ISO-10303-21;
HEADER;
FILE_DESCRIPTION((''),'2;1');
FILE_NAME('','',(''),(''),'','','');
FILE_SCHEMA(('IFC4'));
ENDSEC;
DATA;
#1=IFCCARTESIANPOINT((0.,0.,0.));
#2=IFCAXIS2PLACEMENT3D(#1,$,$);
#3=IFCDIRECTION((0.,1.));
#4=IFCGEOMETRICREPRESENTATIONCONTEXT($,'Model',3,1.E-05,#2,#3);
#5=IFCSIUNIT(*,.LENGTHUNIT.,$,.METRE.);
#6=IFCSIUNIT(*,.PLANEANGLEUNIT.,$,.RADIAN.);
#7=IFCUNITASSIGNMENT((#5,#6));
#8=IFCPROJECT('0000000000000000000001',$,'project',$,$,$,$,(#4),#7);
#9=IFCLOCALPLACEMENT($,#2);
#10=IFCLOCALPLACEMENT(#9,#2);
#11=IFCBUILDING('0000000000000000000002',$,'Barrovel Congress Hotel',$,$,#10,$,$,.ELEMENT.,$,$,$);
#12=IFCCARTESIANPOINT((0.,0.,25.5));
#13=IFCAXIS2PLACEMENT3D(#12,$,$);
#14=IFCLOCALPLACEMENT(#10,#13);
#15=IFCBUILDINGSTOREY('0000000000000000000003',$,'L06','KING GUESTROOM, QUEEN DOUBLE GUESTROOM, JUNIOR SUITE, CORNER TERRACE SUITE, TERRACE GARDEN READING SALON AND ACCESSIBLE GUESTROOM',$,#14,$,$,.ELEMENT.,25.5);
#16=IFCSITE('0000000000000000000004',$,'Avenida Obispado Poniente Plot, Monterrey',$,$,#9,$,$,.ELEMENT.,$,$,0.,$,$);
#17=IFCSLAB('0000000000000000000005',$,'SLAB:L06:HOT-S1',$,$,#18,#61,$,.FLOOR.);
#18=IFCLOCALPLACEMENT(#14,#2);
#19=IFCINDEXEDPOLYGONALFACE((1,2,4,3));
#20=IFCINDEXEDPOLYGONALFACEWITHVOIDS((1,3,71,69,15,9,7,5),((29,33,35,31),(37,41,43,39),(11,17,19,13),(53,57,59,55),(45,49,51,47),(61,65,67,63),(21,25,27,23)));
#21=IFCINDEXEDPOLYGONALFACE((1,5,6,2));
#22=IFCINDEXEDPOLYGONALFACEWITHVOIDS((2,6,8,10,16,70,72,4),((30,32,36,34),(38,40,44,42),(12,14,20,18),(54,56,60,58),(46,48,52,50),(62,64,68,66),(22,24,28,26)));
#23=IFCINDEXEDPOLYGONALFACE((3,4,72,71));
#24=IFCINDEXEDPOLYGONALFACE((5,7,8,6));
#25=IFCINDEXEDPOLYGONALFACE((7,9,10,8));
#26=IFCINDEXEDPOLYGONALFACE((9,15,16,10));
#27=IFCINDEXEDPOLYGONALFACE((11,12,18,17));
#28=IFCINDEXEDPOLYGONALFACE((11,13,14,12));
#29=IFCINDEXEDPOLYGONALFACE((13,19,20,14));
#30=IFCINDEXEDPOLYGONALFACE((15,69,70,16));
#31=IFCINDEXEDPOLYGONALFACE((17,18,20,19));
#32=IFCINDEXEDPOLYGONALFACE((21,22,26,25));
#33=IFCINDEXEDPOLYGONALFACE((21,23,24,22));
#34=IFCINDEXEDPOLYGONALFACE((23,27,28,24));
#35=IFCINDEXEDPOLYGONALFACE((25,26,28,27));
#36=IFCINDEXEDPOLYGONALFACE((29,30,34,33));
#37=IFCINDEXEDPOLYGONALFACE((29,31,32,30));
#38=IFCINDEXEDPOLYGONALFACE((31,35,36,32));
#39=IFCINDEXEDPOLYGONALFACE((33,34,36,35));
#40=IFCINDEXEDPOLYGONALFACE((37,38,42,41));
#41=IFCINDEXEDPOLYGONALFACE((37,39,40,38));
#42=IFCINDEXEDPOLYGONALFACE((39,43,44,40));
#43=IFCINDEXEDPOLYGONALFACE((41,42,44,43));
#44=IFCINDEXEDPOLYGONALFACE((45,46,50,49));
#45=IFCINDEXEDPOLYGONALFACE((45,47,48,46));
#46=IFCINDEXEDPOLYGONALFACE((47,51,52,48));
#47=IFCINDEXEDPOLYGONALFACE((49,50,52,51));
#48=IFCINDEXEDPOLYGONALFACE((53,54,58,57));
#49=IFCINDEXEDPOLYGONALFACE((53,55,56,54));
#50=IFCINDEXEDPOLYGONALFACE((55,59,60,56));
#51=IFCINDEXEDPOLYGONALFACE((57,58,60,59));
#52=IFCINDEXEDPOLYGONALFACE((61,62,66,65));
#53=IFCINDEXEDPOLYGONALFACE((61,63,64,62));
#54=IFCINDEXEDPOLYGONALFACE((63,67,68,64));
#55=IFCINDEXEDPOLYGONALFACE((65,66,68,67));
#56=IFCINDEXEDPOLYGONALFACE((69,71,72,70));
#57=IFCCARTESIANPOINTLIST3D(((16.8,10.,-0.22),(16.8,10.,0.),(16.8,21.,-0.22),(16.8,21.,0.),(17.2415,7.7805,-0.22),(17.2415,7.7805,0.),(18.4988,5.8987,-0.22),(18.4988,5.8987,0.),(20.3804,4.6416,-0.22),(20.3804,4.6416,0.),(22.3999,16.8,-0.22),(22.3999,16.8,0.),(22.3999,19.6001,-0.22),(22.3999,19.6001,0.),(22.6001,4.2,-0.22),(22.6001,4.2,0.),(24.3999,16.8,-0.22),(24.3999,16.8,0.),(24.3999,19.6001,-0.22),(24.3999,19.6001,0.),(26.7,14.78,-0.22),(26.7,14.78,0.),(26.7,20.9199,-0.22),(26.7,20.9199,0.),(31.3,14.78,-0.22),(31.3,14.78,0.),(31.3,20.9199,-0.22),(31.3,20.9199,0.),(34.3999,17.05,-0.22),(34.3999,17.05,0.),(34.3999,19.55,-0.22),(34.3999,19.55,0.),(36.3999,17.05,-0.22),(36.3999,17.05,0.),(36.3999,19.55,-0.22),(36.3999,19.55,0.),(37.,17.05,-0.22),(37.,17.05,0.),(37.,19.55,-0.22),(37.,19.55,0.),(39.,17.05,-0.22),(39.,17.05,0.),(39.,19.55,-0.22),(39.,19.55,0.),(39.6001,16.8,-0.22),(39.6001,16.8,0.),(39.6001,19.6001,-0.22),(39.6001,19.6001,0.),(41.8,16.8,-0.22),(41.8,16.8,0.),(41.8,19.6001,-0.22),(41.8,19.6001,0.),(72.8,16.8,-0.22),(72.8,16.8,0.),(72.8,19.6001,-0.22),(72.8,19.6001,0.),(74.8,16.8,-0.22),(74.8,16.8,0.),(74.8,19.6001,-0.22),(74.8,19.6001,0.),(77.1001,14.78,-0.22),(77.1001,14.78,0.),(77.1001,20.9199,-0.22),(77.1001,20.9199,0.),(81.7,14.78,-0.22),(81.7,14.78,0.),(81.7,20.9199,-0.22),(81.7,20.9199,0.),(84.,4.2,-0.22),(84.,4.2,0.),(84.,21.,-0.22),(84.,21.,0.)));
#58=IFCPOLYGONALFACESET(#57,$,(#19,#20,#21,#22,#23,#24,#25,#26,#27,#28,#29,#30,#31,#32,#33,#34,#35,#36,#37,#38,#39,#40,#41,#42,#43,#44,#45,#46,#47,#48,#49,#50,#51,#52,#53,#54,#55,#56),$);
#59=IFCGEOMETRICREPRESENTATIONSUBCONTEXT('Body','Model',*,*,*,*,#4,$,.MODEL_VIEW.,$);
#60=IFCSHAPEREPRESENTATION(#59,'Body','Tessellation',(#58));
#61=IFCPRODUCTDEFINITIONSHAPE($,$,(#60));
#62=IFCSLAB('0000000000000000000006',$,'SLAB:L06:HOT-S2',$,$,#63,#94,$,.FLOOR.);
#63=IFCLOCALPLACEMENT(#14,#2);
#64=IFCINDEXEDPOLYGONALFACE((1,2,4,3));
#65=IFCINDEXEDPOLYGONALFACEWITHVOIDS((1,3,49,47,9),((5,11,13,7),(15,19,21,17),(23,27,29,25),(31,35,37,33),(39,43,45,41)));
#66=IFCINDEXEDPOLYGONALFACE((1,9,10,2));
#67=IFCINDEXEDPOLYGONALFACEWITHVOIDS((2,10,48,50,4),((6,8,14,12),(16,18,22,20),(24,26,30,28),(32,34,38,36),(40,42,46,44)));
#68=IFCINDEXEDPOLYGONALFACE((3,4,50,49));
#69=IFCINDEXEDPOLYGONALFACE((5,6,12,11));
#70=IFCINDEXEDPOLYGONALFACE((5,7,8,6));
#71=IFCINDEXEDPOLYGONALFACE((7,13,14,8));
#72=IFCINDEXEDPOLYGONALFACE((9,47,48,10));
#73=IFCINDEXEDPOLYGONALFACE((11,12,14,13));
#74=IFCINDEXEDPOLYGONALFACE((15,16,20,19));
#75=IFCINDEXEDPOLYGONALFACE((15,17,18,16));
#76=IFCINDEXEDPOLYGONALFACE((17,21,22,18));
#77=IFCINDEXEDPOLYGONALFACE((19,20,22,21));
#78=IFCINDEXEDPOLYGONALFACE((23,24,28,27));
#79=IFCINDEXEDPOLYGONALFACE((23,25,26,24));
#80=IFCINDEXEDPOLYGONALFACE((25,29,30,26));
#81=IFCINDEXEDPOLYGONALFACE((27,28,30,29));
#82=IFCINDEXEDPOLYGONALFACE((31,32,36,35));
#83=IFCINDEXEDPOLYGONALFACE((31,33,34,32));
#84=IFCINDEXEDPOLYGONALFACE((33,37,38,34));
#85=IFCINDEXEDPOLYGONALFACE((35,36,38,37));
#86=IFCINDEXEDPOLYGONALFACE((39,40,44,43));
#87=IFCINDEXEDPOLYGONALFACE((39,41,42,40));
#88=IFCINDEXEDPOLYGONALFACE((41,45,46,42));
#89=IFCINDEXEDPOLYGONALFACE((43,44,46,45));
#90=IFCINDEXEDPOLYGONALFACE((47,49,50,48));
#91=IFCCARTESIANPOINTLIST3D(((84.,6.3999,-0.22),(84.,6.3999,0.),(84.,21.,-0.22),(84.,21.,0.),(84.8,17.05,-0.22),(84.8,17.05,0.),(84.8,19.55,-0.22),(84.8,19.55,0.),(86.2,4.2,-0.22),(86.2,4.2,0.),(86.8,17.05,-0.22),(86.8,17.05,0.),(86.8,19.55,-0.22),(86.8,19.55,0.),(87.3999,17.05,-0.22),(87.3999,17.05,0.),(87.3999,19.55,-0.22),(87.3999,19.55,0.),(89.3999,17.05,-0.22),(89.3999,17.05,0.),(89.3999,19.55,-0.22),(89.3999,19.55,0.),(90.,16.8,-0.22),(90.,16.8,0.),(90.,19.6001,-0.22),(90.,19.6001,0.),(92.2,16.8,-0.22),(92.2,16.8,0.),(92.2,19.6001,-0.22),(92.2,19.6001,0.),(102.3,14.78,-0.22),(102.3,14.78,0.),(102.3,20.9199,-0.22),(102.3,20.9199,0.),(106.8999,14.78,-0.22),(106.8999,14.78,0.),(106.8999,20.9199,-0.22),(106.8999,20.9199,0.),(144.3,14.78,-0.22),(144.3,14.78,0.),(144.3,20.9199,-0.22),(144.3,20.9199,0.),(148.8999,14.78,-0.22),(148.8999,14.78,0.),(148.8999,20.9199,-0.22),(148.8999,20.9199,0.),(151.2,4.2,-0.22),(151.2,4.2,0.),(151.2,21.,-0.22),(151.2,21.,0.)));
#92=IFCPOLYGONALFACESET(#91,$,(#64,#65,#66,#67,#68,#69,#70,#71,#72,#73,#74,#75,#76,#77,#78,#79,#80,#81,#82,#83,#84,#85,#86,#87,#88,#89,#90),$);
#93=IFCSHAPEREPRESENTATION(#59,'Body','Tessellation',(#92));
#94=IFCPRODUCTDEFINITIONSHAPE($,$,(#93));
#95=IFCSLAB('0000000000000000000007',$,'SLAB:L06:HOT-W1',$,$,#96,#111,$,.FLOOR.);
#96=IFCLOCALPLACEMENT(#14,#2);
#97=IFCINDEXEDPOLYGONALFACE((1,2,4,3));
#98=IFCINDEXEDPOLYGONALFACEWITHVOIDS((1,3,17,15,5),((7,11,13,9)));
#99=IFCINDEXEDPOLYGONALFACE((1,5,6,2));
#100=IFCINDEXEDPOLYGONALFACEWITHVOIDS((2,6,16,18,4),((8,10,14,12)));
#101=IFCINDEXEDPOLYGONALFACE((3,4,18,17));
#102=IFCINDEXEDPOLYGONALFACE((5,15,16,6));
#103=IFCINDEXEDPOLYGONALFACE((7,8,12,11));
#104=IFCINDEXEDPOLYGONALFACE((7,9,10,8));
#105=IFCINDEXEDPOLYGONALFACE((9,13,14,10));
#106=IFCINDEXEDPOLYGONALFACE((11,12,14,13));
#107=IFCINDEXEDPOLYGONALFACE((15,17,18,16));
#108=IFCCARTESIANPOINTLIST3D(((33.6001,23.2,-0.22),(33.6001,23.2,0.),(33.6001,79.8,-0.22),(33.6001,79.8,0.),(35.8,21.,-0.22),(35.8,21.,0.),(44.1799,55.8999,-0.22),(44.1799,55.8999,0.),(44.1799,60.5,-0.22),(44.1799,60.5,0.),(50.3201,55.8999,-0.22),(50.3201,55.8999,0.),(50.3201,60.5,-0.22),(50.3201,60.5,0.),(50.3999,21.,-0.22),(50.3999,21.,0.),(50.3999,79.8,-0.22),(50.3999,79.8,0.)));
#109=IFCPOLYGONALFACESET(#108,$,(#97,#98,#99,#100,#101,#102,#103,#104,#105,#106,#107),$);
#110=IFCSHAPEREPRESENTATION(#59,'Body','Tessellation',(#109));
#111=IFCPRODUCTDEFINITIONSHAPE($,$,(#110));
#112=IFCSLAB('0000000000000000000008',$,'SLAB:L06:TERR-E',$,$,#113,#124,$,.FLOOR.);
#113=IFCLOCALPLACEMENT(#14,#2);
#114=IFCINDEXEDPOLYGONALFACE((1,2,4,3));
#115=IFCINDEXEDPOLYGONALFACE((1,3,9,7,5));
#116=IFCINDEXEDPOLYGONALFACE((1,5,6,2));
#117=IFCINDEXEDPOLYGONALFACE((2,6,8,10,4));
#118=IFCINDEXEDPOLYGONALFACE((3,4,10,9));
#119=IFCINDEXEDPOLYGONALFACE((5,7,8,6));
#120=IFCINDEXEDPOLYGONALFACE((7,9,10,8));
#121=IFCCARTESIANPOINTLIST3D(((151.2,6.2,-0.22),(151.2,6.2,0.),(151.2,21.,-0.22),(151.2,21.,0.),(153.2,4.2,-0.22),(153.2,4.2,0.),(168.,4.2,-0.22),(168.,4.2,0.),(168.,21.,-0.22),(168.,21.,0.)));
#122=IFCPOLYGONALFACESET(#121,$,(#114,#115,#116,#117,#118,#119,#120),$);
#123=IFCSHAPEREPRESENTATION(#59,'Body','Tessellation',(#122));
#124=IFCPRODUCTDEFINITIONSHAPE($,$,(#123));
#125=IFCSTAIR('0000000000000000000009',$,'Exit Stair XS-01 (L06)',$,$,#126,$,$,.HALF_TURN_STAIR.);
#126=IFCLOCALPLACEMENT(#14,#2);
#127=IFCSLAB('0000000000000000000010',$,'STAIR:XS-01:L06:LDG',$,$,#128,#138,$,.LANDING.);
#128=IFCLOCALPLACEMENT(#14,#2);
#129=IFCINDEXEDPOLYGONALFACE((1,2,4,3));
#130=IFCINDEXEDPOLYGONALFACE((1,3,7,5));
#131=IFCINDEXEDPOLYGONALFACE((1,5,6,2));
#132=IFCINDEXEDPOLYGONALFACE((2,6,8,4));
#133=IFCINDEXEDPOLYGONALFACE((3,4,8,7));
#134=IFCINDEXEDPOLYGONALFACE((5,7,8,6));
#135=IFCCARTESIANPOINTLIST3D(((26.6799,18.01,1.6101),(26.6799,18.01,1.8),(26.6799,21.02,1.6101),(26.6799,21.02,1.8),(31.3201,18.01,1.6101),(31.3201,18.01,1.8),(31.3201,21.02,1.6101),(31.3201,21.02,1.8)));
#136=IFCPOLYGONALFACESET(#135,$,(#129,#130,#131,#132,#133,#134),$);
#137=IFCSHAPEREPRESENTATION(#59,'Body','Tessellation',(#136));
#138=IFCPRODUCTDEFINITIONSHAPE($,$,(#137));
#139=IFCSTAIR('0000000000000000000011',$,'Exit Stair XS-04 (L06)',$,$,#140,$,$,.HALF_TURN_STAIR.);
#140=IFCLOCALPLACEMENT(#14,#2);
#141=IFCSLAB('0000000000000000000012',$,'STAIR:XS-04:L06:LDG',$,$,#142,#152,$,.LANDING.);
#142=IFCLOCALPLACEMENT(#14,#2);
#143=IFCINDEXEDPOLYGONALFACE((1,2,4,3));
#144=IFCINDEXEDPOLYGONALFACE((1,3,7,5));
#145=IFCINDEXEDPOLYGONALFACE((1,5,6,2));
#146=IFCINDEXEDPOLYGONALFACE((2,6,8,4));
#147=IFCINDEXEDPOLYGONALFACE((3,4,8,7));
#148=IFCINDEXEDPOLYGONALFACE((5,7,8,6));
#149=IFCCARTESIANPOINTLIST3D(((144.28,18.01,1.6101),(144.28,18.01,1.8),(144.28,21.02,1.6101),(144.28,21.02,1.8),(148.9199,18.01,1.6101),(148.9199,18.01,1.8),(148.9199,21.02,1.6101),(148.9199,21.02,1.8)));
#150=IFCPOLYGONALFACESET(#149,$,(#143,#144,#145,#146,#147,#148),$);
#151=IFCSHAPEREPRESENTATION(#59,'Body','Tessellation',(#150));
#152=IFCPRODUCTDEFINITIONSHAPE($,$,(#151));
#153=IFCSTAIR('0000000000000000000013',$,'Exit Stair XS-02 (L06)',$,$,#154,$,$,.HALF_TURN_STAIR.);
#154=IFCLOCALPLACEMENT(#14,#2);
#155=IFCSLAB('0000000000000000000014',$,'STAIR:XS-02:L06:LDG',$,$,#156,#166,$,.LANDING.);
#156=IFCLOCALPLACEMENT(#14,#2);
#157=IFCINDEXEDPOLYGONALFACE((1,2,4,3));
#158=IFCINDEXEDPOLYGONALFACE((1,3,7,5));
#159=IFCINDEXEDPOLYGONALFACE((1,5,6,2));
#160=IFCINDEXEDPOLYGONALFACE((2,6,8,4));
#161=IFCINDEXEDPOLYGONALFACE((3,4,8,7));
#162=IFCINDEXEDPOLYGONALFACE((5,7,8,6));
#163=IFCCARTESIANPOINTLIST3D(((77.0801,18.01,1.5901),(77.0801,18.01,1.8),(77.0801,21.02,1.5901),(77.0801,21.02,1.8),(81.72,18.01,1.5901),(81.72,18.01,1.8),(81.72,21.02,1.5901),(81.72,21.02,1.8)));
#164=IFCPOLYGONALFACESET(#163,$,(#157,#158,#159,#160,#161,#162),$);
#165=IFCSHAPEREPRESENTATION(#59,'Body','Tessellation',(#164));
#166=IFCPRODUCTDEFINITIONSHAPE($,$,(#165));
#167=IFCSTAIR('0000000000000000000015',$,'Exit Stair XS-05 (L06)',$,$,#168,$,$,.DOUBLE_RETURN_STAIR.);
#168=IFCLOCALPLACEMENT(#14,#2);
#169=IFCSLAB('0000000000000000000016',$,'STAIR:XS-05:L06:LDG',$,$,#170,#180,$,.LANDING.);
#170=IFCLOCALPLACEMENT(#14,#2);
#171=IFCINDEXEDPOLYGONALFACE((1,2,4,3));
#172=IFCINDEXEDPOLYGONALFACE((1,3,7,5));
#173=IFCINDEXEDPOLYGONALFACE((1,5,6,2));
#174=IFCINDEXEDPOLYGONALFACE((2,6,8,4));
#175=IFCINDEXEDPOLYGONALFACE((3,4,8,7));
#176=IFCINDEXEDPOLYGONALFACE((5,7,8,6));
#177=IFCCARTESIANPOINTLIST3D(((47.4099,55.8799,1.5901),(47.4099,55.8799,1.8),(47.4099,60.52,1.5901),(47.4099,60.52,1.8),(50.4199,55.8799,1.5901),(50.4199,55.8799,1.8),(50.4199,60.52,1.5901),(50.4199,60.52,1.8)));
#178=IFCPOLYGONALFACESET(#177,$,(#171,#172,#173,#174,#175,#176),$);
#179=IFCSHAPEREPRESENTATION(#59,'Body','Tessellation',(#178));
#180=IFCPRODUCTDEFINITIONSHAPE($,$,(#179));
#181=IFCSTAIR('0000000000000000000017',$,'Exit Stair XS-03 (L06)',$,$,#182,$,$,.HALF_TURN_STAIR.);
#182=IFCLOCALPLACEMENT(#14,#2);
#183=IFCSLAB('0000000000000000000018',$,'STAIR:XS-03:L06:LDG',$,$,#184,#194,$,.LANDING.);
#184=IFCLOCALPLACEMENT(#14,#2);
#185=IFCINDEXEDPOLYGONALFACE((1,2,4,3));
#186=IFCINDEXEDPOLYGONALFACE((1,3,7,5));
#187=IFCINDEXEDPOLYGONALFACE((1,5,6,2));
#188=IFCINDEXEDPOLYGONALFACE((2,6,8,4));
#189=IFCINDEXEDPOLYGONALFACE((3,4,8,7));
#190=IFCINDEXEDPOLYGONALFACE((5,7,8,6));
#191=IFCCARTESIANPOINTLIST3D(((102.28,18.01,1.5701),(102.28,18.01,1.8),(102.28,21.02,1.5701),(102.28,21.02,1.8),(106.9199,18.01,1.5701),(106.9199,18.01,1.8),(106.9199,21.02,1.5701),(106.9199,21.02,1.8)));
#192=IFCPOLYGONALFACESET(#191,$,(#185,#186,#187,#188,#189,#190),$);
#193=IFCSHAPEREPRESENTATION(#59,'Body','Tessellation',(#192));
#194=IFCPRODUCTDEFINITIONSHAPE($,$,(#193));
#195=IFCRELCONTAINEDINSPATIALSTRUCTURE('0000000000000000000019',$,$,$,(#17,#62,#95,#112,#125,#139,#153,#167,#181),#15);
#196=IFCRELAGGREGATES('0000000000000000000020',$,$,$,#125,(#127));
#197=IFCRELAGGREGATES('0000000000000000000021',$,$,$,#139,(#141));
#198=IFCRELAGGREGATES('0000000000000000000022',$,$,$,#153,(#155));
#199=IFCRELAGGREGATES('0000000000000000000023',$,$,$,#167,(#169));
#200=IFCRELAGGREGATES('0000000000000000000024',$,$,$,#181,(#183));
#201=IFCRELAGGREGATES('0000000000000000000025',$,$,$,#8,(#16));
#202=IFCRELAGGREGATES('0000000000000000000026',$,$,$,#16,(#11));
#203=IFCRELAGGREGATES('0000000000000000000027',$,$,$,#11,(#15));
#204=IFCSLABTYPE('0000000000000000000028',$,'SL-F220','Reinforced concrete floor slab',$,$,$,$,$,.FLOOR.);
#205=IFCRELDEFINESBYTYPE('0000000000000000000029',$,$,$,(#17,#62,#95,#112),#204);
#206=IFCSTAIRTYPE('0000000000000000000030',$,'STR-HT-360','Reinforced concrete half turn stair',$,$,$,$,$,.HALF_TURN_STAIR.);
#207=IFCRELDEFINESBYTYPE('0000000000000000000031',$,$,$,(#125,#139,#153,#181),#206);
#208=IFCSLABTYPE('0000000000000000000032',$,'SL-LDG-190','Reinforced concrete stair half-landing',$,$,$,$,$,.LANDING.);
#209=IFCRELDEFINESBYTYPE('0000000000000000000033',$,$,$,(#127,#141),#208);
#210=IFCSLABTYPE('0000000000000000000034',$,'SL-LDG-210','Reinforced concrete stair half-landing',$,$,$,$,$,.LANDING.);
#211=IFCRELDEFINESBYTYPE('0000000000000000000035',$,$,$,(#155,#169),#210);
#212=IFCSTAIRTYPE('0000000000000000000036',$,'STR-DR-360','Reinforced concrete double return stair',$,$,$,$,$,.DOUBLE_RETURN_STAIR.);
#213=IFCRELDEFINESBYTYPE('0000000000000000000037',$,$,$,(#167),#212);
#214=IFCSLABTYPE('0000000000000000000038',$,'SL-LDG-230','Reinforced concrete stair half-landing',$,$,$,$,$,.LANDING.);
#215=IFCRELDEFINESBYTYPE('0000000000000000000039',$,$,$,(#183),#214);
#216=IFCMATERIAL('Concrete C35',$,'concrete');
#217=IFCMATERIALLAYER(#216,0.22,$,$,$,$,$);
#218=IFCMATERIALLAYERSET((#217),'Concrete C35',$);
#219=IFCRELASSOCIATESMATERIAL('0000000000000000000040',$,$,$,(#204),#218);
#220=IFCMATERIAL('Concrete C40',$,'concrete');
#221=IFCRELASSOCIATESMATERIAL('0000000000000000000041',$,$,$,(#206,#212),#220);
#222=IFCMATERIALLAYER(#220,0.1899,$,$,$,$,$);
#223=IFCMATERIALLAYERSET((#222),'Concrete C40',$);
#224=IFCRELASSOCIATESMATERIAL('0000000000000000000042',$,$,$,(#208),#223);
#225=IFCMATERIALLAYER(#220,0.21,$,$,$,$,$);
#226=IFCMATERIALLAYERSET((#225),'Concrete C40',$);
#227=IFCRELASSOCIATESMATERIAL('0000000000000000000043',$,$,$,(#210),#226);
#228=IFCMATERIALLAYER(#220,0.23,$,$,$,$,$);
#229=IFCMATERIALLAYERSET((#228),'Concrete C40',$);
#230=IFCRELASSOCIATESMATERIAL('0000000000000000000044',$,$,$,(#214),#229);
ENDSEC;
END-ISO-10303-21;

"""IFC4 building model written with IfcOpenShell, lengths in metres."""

from ifc_helpers import new_model, si_unit, direction, frame, origin, place, context, subcontext, project, spatial, polyline, outline, extrude, material, layer, layer_set, type_object, element, aggregate, save


model = new_model("IFC4")

# Units and contexts
model_context = context("Model", 3, precision=1e-05, world=origin(), true_north=direction((0.0, 1.0)))
body_context = subcontext(model_context, "Body", "Model", "MODEL_VIEW")
ifc_project = project(units=[si_unit("LENGTHUNIT", "METRE"), si_unit("PLANEANGLEUNIT", "RADIAN")], contexts=[model_context])

# Site, building, storey
site_placement = place(None, origin())
site = spatial("IfcSite", under=ifc_project, at=site_placement, Name="Avenida Obispado Poniente Plot, Monterrey", CompositionType="ELEMENT", RefElevation=0.0)
building_placement = place(site_placement, origin())
building = spatial("IfcBuilding", under=site, at=building_placement, Name="Barrovel Congress Hotel", CompositionType="ELEMENT")
storey_placement = place(building_placement, frame((0.0, 0.0, 25.5)))
storey = spatial("IfcBuildingStorey", under=building, at=storey_placement, Name="L06", Description="KING GUESTROOM, QUEEN DOUBLE GUESTROOM, JUNIOR SUITE, CORNER TERRACE SUITE, TERRACE GARDEN READING SALON AND ACCESSIBLE GUESTROOM", CompositionType="ELEMENT", Elevation=25.5)

# Shared definitions
ifc_material_1 = material(Name="Concrete C40", Category="concrete")

# Slabs
ifc_material_2 = material(Name="Concrete C35", Category="concrete")
ifc_layer_1 = layer(ifc_material_2, 0.22)
ifc_layer_set_1 = layer_set([ifc_layer_1], Name="Concrete C35")
slab_type_1 = type_object("IfcSlabType", Name="SL-F220", Description="Reinforced concrete floor slab", PredefinedType="FLOOR", material=ifc_layer_set_1)
slab_1_placement = place(storey_placement, frame((0.0, 0.0, -0.22)))
element("IfcSlab", 1, at=slab_1_placement, inside=storey, type_object=slab_type_1, Name="SLAB:L06:HOT-S1", PredefinedType="FLOOR", context=body_context, shape_type="SweptSolid", body=[
    extrude(outline(polyline([(16.8, 10.0), (17.2415, 7.7805), (18.4988, 5.8987), (20.3804, 4.6416), (22.6001, 4.2), (84.0, 4.2), (84.0, 21.0), (16.8, 21.0), (16.8, 10.0)]), holes=[polyline([(26.7, 14.78), (26.7, 20.9199), (31.3, 20.9199), (31.3, 14.78), (26.7, 14.78)]), polyline([(77.1001, 14.78), (77.1001, 20.9199), (81.7, 20.9199), (81.7, 14.78), (77.1001, 14.78)]), polyline([(22.3999, 16.8), (22.3999, 19.6001), (24.3999, 19.6001), (24.3999, 16.8), (22.3999, 16.8)]), polyline([(72.8, 16.8), (72.8, 19.6001), (74.8, 19.6001), (74.8, 16.8), (72.8, 16.8)]), polyline([(34.3999, 17.05), (34.3999, 19.55), (36.3999, 19.55), (36.3999, 17.05), (34.3999, 17.05)]), polyline([(37.0, 17.05), (37.0, 19.55), (39.0, 19.55), (39.0, 17.05), (37.0, 17.05)]), polyline([(39.6001, 16.8), (39.6001, 19.6001), (41.8, 19.6001), (41.8, 16.8), (39.6001, 16.8)])]), origin(), (0.0, 0.0, 1.0), 0.22),
])
slab_2_placement = place(storey_placement, frame((0.0, 0.0, -0.22)))
element("IfcSlab", 2, at=slab_2_placement, inside=storey, type_object=slab_type_1, Name="SLAB:L06:HOT-S2", PredefinedType="FLOOR", context=body_context, shape_type="SweptSolid", body=[
    extrude(outline(polyline([(86.2, 4.2), (151.2, 4.2), (151.2, 21.0), (84.0, 21.0), (84.0, 6.3999), (86.2, 4.2)]), holes=[polyline([(102.3, 14.78), (102.3, 20.9199), (106.8999, 20.9199), (106.8999, 14.78), (102.3, 14.78)]), polyline([(144.3, 14.78), (144.3, 20.9199), (148.8999, 20.9199), (148.8999, 14.78), (144.3, 14.78)]), polyline([(84.8, 17.05), (84.8, 19.55), (86.8, 19.55), (86.8, 17.05), (84.8, 17.05)]), polyline([(87.3999, 17.05), (87.3999, 19.55), (89.3999, 19.55), (89.3999, 17.05), (87.3999, 17.05)]), polyline([(90.0, 16.8), (90.0, 19.6001), (92.2, 19.6001), (92.2, 16.8), (90.0, 16.8)])]), origin(), (0.0, 0.0, 1.0), 0.22),
])
slab_3_placement = place(storey_placement, frame((0.0, 0.0, -0.22)))
element("IfcSlab", 3, at=slab_3_placement, inside=storey, type_object=slab_type_1, Name="SLAB:L06:HOT-W1", PredefinedType="FLOOR", context=body_context, shape_type="SweptSolid", body=[
    extrude(outline(polyline([(35.8, 21.0), (50.3999, 21.0), (50.3999, 79.8), (33.6001, 79.8), (33.6001, 23.2), (35.8, 21.0)]), holes=[polyline([(44.1799, 55.8999), (44.1799, 60.5), (50.3201, 60.5), (50.3201, 55.8999), (44.1799, 55.8999)])]), origin(), (0.0, 0.0, 1.0), 0.22),
])
slab_4_placement = place(storey_placement, frame((0.0, 0.0, -0.22)))
element("IfcSlab", 4, at=slab_4_placement, inside=storey, type_object=slab_type_1, Name="SLAB:L06:TERR-E", PredefinedType="FLOOR", context=body_context, shape_type="SweptSolid", body=[
    extrude(outline(polyline([(153.2, 4.2), (168.0, 4.2), (168.0, 21.0), (151.2, 21.0), (151.2, 6.2), (153.2, 4.2)])), origin(), (0.0, 0.0, 1.0), 0.22),
])

# Stairs, slabs
stair_type_1 = type_object("IfcStairType", Name="STR-HT-360", Description="Reinforced concrete half turn stair", PredefinedType="HALF_TURN_STAIR", material=ifc_material_1)
stair_1_placement = place(storey_placement, origin())
stair_1 = element("IfcStair", 5, at=stair_1_placement, inside=storey, type_object=stair_type_1, Name="Exit Stair XS-01 (L06)", PredefinedType="HALF_TURN_STAIR")
ifc_layer_2 = layer(ifc_material_1, 0.1899)
ifc_layer_set_2 = layer_set([ifc_layer_2], Name="Concrete C40")
slab_type_2 = type_object("IfcSlabType", Name="SL-LDG-190", Description="Reinforced concrete stair half-landing", PredefinedType="LANDING", material=ifc_layer_set_2)
slab_5_placement = place(storey_placement, frame((0.0, 0.0, 1.6101)))
slab_5 = element("IfcSlab", 6, at=slab_5_placement, type_object=slab_type_2, Name="STAIR:XS-01:L06:LDG", PredefinedType="LANDING", context=body_context, shape_type="SweptSolid", body=[
    extrude(outline(polyline([(26.6799, 18.01), (31.3201, 18.01), (31.3201, 21.02), (26.6799, 21.02), (26.6799, 18.01)])), origin(), (0.0, 0.0, 1.0), 0.1899),
])
aggregate(stair_1, [slab_5])
stair_2_placement = place(storey_placement, origin())
stair_2 = element("IfcStair", 7, at=stair_2_placement, inside=storey, type_object=stair_type_1, Name="Exit Stair XS-04 (L06)", PredefinedType="HALF_TURN_STAIR")
slab_6_placement = place(storey_placement, frame((0.0, 0.0, 1.6101)))
slab_6 = element("IfcSlab", 8, at=slab_6_placement, type_object=slab_type_2, Name="STAIR:XS-04:L06:LDG", PredefinedType="LANDING", context=body_context, shape_type="SweptSolid", body=[
    extrude(outline(polyline([(144.28, 18.01), (148.9199, 18.01), (148.9199, 21.02), (144.28, 21.02), (144.28, 18.01)])), origin(), (0.0, 0.0, 1.0), 0.1899),
])
aggregate(stair_2, [slab_6])
stair_3_placement = place(storey_placement, origin())
stair_3 = element("IfcStair", 9, at=stair_3_placement, inside=storey, type_object=stair_type_1, Name="Exit Stair XS-02 (L06)", PredefinedType="HALF_TURN_STAIR")
ifc_layer_3 = layer(ifc_material_1, 0.21)
ifc_layer_set_3 = layer_set([ifc_layer_3], Name="Concrete C40")
slab_type_3 = type_object("IfcSlabType", Name="SL-LDG-210", Description="Reinforced concrete stair half-landing", PredefinedType="LANDING", material=ifc_layer_set_3)
slab_7_placement = place(storey_placement, frame((0.0, 0.0, 1.5901)))
slab_7 = element("IfcSlab", 10, at=slab_7_placement, type_object=slab_type_3, Name="STAIR:XS-02:L06:LDG", PredefinedType="LANDING", context=body_context, shape_type="SweptSolid", body=[
    extrude(outline(polyline([(77.0801, 18.01), (81.72, 18.01), (81.72, 21.02), (77.0801, 21.02), (77.0801, 18.01)])), origin(), (0.0, 0.0, 1.0), 0.21),
])
aggregate(stair_3, [slab_7])
stair_type_2 = type_object("IfcStairType", Name="STR-DR-360", Description="Reinforced concrete double return stair", PredefinedType="DOUBLE_RETURN_STAIR", material=ifc_material_1)
stair_4_placement = place(storey_placement, origin())
stair_4 = element("IfcStair", 11, at=stair_4_placement, inside=storey, type_object=stair_type_2, Name="Exit Stair XS-05 (L06)", PredefinedType="DOUBLE_RETURN_STAIR")
slab_8_placement = place(storey_placement, frame((0.0, 0.0, 1.5901)))
slab_8 = element("IfcSlab", 12, at=slab_8_placement, type_object=slab_type_3, Name="STAIR:XS-05:L06:LDG", PredefinedType="LANDING", context=body_context, shape_type="SweptSolid", body=[
    extrude(outline(polyline([(47.4099, 55.8799), (50.4199, 55.8799), (50.4199, 60.52), (47.4099, 60.52), (47.4099, 55.8799)])), origin(), (0.0, 0.0, 1.0), 0.21),
])
aggregate(stair_4, [slab_8])
stair_5_placement = place(storey_placement, origin())
stair_5 = element("IfcStair", 13, at=stair_5_placement, inside=storey, type_object=stair_type_1, Name="Exit Stair XS-03 (L06)", PredefinedType="HALF_TURN_STAIR")
ifc_layer_4 = layer(ifc_material_1, 0.23)
ifc_layer_set_4 = layer_set([ifc_layer_4], Name="Concrete C40")
slab_type_4 = type_object("IfcSlabType", Name="SL-LDG-230", Description="Reinforced concrete stair half-landing", PredefinedType="LANDING", material=ifc_layer_set_4)
slab_9_placement = place(storey_placement, frame((0.0, 0.0, 1.5701)))
slab_9 = element("IfcSlab", 14, at=slab_9_placement, type_object=slab_type_4, Name="STAIR:XS-03:L06:LDG", PredefinedType="LANDING", context=body_context, shape_type="SweptSolid", body=[
    extrude(outline(polyline([(102.28, 18.01), (106.9199, 18.01), (106.9199, 21.02), (102.28, 21.02), (102.28, 18.01)])), origin(), (0.0, 0.0, 1.0), 0.23),
])
aggregate(stair_5, [slab_9])

save(model, "model.ifc")
